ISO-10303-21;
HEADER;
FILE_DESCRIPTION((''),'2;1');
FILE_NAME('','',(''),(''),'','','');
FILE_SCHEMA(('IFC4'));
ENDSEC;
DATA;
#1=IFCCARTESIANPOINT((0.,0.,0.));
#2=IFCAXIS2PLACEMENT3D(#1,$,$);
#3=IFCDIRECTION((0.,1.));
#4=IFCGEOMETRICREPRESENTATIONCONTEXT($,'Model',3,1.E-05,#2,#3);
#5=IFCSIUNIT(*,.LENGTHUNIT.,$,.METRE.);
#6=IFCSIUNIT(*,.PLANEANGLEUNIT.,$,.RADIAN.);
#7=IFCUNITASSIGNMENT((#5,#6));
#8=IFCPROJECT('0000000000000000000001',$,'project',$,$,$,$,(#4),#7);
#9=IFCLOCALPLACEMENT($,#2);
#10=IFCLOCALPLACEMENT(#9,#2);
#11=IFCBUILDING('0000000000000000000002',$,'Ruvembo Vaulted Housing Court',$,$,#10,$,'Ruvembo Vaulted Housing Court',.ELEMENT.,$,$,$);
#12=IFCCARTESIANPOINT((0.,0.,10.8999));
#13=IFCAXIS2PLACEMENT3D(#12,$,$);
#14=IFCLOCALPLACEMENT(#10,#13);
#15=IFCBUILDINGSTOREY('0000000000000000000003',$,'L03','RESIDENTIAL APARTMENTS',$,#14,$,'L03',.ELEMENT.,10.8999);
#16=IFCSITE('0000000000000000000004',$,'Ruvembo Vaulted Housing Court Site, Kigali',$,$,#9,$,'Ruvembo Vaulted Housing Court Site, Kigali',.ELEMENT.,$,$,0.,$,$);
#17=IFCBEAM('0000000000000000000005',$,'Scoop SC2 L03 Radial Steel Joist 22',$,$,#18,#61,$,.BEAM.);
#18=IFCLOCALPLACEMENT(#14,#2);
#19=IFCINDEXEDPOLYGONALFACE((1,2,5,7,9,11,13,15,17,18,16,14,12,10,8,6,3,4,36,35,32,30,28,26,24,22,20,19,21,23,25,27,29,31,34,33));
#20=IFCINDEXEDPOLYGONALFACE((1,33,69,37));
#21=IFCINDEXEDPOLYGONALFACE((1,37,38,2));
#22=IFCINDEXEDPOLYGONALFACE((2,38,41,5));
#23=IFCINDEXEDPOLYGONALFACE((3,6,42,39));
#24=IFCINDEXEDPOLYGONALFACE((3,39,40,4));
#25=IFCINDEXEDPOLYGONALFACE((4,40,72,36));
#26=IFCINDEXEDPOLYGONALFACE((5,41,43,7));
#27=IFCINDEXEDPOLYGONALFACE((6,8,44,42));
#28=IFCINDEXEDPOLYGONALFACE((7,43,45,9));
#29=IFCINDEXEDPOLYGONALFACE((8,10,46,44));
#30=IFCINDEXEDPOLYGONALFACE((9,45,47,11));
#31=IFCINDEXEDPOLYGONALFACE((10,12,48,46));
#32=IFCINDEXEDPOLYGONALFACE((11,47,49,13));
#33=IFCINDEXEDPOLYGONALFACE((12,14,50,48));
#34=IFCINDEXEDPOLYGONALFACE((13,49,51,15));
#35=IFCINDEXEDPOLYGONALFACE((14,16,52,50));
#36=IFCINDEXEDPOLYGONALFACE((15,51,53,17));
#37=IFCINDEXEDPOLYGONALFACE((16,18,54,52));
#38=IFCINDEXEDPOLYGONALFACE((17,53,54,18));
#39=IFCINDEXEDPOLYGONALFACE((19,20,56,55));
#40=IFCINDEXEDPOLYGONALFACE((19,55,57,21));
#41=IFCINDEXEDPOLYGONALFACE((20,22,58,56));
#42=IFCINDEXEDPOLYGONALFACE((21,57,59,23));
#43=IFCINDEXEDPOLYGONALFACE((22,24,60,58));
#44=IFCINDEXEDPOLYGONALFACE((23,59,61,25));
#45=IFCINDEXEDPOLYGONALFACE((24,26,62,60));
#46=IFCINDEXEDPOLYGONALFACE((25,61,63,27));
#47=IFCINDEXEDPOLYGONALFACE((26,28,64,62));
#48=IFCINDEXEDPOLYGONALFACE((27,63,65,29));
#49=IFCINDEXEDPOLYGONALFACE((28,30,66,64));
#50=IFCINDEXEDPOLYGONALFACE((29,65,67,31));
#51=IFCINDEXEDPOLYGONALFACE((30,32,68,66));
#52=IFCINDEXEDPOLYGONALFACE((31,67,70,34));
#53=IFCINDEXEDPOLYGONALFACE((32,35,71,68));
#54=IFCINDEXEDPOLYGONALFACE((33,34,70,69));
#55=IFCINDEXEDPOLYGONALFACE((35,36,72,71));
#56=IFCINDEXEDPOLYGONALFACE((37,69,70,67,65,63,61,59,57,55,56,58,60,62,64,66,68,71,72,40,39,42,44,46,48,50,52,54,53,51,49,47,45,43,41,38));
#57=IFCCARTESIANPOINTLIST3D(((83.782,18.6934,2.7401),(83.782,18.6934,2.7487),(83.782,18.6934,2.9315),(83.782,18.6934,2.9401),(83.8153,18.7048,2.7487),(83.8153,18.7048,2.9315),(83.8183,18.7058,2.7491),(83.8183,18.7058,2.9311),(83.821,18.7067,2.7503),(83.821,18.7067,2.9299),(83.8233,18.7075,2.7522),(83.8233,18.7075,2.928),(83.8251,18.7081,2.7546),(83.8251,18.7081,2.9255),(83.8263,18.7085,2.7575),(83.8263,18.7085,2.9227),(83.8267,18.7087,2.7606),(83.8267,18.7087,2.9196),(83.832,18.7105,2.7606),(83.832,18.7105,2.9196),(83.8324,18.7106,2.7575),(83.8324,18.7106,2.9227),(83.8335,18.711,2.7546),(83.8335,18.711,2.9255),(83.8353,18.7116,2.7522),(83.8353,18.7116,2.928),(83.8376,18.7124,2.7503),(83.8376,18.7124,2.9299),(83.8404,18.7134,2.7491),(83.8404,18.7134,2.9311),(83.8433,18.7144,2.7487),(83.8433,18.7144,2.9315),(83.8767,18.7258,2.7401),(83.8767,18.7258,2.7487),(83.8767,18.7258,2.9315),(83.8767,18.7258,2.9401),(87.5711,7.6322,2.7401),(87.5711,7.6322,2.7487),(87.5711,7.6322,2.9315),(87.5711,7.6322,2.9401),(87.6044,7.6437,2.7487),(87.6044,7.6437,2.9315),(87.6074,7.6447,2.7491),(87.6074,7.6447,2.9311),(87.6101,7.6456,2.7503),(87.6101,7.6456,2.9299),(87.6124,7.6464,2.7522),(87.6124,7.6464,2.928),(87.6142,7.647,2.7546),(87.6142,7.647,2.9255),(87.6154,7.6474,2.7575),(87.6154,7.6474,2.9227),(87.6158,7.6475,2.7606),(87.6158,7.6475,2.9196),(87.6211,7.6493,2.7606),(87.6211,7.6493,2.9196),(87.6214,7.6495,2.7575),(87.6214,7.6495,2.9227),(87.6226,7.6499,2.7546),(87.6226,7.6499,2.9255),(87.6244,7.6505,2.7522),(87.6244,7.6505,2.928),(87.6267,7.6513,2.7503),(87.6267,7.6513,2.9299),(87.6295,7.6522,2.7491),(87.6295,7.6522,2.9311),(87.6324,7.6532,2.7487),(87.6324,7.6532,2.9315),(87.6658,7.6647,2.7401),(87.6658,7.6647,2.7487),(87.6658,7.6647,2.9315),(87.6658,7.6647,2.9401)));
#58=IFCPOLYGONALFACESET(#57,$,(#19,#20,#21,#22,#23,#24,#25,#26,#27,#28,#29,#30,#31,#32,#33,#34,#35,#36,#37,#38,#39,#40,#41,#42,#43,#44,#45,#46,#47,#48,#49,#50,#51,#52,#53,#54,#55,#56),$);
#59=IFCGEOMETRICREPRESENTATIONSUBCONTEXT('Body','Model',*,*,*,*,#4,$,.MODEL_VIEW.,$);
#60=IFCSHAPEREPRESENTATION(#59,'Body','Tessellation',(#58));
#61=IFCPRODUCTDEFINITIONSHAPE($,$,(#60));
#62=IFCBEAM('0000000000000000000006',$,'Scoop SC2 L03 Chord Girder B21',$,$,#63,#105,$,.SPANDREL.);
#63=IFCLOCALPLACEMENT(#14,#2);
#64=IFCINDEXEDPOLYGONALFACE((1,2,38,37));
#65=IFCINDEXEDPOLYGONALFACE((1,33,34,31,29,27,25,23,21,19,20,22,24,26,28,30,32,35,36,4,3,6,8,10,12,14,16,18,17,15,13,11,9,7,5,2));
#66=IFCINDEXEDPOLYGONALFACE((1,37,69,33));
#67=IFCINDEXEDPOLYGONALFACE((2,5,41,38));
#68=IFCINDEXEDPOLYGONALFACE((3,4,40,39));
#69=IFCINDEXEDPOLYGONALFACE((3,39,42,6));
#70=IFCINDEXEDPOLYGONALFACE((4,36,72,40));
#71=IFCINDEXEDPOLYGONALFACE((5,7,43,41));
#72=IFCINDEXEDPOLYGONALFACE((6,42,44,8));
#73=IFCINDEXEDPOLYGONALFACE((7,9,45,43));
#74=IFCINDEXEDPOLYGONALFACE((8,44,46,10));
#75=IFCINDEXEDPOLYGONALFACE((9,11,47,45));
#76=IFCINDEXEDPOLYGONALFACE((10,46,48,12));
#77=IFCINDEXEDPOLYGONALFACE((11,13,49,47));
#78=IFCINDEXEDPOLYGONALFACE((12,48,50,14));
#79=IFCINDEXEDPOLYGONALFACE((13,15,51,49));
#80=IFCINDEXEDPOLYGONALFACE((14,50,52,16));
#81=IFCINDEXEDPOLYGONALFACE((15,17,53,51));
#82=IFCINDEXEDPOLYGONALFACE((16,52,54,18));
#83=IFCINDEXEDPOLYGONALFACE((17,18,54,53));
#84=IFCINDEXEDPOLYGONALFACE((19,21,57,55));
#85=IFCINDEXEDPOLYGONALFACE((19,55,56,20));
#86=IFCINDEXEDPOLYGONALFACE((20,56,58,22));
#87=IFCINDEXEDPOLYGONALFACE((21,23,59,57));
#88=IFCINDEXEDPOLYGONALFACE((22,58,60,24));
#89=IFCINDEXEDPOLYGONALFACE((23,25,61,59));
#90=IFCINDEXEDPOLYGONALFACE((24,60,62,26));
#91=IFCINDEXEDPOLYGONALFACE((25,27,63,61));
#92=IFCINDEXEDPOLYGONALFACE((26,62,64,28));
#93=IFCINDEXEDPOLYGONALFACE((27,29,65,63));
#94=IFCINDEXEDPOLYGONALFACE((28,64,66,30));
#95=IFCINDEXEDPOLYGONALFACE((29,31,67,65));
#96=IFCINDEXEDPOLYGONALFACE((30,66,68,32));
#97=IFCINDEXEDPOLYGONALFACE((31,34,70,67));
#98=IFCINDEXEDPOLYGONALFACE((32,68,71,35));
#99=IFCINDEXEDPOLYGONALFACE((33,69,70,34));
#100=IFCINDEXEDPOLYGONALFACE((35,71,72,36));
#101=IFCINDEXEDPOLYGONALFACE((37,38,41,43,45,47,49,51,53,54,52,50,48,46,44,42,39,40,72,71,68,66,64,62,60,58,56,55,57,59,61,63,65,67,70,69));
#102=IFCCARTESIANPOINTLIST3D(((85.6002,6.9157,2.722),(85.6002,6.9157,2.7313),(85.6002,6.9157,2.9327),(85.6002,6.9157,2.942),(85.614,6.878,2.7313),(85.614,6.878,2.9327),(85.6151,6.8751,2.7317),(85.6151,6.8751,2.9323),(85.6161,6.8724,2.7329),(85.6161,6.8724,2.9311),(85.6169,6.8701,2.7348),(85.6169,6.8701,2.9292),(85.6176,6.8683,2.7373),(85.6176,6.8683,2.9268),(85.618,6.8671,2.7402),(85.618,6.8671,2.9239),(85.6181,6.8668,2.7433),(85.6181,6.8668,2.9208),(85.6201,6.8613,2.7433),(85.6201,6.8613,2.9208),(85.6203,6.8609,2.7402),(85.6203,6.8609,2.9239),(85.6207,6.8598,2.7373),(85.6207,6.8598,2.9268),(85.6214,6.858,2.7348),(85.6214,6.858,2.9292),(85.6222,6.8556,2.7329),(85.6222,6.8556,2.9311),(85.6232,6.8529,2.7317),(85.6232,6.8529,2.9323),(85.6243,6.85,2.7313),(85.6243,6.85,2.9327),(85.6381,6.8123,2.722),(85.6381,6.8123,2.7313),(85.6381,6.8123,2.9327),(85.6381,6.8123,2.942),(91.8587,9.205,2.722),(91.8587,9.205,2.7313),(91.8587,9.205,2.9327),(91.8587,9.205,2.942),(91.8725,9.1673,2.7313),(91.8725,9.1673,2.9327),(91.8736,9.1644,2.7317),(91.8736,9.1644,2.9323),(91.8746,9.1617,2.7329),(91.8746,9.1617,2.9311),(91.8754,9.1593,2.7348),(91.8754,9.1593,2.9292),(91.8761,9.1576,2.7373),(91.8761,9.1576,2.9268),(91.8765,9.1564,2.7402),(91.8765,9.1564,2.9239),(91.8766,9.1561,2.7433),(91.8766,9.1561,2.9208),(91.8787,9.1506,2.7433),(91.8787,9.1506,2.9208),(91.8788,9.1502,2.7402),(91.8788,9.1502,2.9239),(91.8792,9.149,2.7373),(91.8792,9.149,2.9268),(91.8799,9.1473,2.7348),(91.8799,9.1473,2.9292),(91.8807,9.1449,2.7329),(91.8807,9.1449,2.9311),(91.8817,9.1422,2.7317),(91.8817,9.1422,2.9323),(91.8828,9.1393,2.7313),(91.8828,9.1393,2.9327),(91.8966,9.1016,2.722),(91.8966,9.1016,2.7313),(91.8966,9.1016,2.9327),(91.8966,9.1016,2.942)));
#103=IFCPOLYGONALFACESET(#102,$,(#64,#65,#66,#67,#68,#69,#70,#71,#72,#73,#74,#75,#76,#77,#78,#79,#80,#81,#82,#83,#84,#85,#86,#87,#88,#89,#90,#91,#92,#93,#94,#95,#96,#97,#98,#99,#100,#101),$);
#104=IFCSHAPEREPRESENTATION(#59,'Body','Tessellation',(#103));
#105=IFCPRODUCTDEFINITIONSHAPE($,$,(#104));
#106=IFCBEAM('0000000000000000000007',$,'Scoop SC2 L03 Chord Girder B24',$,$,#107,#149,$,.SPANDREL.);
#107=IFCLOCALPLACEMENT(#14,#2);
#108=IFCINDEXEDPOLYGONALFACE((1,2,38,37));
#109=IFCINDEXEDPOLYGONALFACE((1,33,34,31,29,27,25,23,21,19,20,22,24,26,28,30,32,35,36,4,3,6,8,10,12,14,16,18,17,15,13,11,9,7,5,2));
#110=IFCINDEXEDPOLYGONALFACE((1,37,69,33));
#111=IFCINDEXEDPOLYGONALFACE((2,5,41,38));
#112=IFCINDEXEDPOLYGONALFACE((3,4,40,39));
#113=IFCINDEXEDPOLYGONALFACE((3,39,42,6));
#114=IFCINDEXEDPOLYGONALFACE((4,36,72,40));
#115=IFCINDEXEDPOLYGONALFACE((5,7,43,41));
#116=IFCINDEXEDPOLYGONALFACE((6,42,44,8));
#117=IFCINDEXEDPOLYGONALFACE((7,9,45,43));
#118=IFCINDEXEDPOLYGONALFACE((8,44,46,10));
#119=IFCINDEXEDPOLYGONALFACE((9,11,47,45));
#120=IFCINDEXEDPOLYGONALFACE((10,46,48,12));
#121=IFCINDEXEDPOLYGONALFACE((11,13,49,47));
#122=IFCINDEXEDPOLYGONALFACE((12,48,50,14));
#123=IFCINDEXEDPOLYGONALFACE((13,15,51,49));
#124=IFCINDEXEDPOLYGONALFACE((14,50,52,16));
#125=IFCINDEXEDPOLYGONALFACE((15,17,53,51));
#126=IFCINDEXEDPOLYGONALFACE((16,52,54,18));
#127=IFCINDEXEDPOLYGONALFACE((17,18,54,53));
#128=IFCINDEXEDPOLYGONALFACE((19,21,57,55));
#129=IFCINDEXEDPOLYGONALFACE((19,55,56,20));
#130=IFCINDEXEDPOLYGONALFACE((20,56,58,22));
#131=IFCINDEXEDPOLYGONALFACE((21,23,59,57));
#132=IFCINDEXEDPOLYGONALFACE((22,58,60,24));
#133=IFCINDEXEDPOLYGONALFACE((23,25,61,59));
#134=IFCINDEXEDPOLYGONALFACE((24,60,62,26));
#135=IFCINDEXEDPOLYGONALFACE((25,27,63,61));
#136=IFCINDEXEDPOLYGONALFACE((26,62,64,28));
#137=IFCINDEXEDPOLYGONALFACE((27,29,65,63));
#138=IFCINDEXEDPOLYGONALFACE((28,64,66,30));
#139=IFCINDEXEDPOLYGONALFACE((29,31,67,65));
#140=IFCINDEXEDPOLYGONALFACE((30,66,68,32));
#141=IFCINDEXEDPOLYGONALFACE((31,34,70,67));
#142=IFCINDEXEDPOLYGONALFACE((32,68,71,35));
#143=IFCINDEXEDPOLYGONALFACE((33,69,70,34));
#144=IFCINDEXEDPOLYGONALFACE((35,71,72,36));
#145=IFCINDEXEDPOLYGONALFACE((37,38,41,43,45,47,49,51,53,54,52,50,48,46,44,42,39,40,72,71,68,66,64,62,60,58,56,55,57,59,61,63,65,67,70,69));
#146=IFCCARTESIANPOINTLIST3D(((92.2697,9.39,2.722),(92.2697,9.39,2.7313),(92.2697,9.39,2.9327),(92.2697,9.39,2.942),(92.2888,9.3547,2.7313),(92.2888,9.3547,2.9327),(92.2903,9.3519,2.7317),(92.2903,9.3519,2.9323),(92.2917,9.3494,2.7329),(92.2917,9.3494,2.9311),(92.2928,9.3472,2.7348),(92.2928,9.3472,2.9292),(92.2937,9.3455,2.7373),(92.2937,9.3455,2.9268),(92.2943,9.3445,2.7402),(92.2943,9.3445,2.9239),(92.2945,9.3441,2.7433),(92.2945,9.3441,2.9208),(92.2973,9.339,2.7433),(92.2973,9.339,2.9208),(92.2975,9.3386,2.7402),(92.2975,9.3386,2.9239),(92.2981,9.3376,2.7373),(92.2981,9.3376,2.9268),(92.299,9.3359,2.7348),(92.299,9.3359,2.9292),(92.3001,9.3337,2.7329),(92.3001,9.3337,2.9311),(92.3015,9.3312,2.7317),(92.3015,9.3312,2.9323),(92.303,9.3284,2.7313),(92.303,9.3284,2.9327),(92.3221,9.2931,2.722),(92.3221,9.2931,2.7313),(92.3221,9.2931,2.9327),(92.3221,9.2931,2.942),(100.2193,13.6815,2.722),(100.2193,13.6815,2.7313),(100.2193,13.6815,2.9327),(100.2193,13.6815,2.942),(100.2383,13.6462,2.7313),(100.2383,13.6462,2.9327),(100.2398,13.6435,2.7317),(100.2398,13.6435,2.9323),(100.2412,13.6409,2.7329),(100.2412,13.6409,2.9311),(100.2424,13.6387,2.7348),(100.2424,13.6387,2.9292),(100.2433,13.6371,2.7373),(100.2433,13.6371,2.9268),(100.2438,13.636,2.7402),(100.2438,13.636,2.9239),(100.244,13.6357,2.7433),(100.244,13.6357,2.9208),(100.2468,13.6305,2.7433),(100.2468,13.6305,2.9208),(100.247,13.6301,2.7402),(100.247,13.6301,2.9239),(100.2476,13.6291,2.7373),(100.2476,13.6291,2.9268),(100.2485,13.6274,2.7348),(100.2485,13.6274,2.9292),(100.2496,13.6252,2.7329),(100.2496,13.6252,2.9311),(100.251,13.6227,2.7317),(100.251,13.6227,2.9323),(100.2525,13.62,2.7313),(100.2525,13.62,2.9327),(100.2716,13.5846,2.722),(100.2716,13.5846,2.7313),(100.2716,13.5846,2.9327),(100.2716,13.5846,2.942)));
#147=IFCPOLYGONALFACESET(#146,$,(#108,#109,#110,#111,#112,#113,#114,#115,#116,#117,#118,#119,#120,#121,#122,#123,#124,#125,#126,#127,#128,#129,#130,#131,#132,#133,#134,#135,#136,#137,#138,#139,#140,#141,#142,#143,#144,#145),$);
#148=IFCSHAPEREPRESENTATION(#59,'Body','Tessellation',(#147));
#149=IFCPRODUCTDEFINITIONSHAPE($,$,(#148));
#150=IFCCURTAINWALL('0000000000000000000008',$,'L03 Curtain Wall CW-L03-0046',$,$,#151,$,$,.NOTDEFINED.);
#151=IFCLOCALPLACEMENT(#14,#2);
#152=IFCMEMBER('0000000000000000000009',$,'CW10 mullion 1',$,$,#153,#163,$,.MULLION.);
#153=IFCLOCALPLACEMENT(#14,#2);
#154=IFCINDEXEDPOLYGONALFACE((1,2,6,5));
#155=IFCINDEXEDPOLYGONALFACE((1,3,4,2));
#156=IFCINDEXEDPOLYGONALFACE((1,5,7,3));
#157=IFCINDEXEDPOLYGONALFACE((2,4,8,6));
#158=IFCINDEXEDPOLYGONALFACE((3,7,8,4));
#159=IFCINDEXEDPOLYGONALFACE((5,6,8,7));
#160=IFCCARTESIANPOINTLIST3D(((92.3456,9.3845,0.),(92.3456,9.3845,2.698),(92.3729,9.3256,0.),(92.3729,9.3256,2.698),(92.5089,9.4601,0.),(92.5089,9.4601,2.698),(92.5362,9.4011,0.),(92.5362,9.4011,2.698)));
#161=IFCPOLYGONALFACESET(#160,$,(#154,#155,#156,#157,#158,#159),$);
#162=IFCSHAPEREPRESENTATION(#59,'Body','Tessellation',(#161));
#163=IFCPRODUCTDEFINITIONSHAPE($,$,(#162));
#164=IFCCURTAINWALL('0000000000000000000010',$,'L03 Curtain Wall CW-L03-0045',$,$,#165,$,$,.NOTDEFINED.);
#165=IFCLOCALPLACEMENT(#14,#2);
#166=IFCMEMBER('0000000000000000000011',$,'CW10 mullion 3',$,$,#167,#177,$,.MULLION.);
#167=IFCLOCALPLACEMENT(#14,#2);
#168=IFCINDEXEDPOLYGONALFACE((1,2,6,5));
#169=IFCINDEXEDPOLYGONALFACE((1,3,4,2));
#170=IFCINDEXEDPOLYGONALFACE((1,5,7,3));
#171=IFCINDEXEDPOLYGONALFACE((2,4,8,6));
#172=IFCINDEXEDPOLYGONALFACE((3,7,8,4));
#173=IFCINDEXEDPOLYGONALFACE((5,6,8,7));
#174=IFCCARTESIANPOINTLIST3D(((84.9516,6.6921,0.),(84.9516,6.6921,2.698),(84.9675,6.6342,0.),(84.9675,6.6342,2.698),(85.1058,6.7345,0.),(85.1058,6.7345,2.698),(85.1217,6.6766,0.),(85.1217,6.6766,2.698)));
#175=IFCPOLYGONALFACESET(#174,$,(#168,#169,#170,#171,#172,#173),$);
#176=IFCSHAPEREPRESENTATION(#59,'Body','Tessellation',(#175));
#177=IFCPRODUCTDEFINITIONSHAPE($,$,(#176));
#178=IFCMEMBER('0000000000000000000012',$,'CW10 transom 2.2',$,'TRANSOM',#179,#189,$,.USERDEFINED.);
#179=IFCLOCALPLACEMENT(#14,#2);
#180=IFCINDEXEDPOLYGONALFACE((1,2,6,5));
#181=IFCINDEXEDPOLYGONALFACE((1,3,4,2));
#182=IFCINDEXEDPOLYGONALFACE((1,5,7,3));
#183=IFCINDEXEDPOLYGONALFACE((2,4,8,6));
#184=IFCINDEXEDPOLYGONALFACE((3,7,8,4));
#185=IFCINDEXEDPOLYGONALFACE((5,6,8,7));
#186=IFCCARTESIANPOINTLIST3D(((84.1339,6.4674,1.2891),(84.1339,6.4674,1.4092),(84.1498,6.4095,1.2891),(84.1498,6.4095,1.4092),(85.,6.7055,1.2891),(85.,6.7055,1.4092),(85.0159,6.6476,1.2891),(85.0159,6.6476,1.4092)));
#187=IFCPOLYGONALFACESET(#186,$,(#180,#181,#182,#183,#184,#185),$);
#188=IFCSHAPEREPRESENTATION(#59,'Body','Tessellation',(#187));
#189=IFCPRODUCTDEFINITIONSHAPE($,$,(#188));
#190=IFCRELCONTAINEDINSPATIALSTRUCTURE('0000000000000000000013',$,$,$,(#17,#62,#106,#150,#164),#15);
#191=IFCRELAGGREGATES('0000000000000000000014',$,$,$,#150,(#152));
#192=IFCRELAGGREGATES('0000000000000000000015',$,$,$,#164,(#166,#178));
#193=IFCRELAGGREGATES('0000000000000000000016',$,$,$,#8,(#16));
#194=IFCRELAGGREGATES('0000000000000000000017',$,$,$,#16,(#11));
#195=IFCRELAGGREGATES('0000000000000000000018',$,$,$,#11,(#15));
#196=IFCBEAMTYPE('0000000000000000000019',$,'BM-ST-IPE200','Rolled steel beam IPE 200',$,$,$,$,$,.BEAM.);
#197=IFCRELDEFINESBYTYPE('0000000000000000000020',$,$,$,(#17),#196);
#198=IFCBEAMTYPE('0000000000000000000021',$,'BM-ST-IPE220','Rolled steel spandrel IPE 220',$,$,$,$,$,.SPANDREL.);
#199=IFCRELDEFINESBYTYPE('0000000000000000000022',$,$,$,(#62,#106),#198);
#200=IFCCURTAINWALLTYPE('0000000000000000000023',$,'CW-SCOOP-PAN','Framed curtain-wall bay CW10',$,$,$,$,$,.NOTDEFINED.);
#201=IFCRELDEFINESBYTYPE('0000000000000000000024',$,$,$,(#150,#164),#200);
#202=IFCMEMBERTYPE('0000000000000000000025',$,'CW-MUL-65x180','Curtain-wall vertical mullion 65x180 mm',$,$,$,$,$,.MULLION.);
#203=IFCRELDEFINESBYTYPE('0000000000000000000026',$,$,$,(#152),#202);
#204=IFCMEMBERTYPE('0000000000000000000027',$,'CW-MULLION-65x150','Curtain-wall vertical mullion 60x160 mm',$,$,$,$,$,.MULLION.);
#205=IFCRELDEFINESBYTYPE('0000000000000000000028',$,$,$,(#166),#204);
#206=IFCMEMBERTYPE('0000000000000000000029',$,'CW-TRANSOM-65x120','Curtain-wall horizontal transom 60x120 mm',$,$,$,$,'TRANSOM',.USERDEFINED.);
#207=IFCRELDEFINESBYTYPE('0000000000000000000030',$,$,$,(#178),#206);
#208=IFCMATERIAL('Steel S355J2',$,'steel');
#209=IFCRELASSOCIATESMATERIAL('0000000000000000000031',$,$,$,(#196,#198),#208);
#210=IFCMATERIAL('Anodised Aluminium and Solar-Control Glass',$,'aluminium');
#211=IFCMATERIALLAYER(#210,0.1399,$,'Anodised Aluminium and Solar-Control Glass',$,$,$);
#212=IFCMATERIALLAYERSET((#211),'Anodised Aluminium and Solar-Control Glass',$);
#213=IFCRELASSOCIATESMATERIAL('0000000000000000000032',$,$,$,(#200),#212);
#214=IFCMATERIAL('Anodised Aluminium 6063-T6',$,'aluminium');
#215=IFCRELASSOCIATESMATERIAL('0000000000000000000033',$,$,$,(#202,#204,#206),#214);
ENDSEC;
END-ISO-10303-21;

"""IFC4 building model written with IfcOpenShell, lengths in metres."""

from ifc_helpers import new_model, si_unit, direction, frame, origin, origin_2d, place, context, subcontext, project, spatial, rectangle, i_section, extrude, material, layer, layer_set, material_profile, profile_set, type_object, element, aggregate, save


model = new_model("IFC4")

# Units and contexts
model_context = context("Model", 3, precision=1e-05, world=origin(), true_north=direction((0.0, 1.0)))
body_context = subcontext(model_context, "Body", "Model", "MODEL_VIEW")
ifc_project = project(units=[si_unit("LENGTHUNIT", "METRE"), si_unit("PLANEANGLEUNIT", "RADIAN")], contexts=[model_context])

# Site, building, storey
site_placement = place(None, origin())
site = spatial("IfcSite", under=ifc_project, at=site_placement, Name="Ruvembo Vaulted Housing Court Site, Kigali", LongName="Ruvembo Vaulted Housing Court Site, Kigali", CompositionType="ELEMENT", RefElevation=0.0)
building_placement = place(site_placement, origin())
building = spatial("IfcBuilding", under=site, at=building_placement, Name="Ruvembo Vaulted Housing Court", LongName="Ruvembo Vaulted Housing Court", CompositionType="ELEMENT")
storey_placement = place(building_placement, frame((0.0, 0.0, 10.8999)))
storey = spatial("IfcBuildingStorey", under=building, at=storey_placement, Name="L03", Description="RESIDENTIAL APARTMENTS", LongName="L03", CompositionType="ELEMENT", Elevation=10.8999)

# Beams
ifc_material_1 = material(Name="Steel S355J2", Category="steel")
ifc_material_profile_1 = material_profile(ifc_material_1, i_section(OverallWidth=0.1001, OverallDepth=0.2, WebThickness=0.0056, FlangeThickness=0.0085, FilletRadius=0.012, at=origin_2d()), Name="IPE 200")
ifc_profile_set_1 = profile_set([ifc_material_profile_1], Name="Steel S355J2")
beam_type_1 = type_object("IfcBeamType", Name="BM-ST-IPE200", Description="Rolled steel beam IPE 200", PredefinedType="BEAM", material=ifc_profile_set_1)
beam_1_placement = place(storey_placement, frame((87.6184, 7.6484, 2.8401), z_axis=(-0.324072, 0.946032, 0.0), x_axis=(-0.946032, -0.324072, 0.0)))
element("IfcBeam", 1, at=beam_1_placement, inside=storey, type_object=beam_type_1, Name="Scoop SC2 L03 Radial Steel Joist 22", PredefinedType="BEAM", context=body_context, shape_type="SweptSolid", body=[
    extrude(i_section(OverallWidth=0.1001, OverallDepth=0.2, WebThickness=0.0056, FlangeThickness=0.0085, FilletRadius=0.012, at=origin_2d()), origin(), (0.0, 0.0, 1.0), 11.6921),
])
ifc_material_profile_2 = material_profile(ifc_material_1, i_section(OverallWidth=0.1101, OverallDepth=0.22, WebThickness=0.0059, FlangeThickness=0.0093, FilletRadius=0.012, at=origin_2d()), Name="IPE 220")
ifc_profile_set_2 = profile_set([ifc_material_profile_2], Name="Steel S355J2")
beam_type_2 = type_object("IfcBeamType", Name="BM-ST-IPE220", Description="Rolled steel spandrel IPE 220", PredefinedType="SPANDREL", material=ifc_profile_set_2)
beam_2_placement = place(storey_placement, frame((85.6191, 6.864, 2.832), z_axis=(0.939142, 0.343528, 0.0), x_axis=(-0.343528, 0.939142, 0.0)))
element("IfcBeam", 2, at=beam_2_placement, inside=storey, type_object=beam_type_2, Name="Scoop SC2 L03 Chord Girder B21", PredefinedType="SPANDREL", context=body_context, shape_type="SweptSolid", body=[
    extrude(i_section(OverallWidth=0.1101, OverallDepth=0.22, WebThickness=0.0059, FlangeThickness=0.0093, FilletRadius=0.012, at=origin_2d()), origin(), (0.0, 0.0, 1.0), 6.6641),
])
beam_3_placement = place(storey_placement, frame((92.2959, 9.3416, 2.832), z_axis=(0.879961, 0.475046, 0.0), x_axis=(-0.475046, 0.879961, 0.0)))
element("IfcBeam", 3, at=beam_3_placement, inside=storey, type_object=beam_type_2, Name="Scoop SC2 L03 Chord Girder B24", PredefinedType="SPANDREL", context=body_context, shape_type="SweptSolid", body=[
    extrude(i_section(OverallWidth=0.1101, OverallDepth=0.22, WebThickness=0.0059, FlangeThickness=0.0093, FilletRadius=0.012, at=origin_2d()), origin(), (0.0, 0.0, 1.0), 9.0339),
])

# Curtain wall, member
ifc_material_2 = material(Name="Anodised Aluminium and Solar-Control Glass", Category="aluminium")
ifc_layer_1 = layer(ifc_material_2, 0.1399, Name="Anodised Aluminium and Solar-Control Glass")
ifc_layer_set_1 = layer_set([ifc_layer_1], Name="Anodised Aluminium and Solar-Control Glass")
curtain_wall_type = type_object("IfcCurtainWallType", Name="CW-SCOOP-PAN", Description="Framed curtain-wall bay CW10", PredefinedType="NOTDEFINED", material=ifc_layer_set_1)
curtain_wall_1_placement = place(storey_placement, origin())
curtain_wall_1 = element("IfcCurtainWall", 4, at=curtain_wall_1_placement, inside=storey, type_object=curtain_wall_type, Name="L03 Curtain Wall CW-L03-0046", PredefinedType="NOTDEFINED")
ifc_material_3 = material(Name="Anodised Aluminium 6063-T6", Category="aluminium")
ifc_material_profile_3 = material_profile(ifc_material_3, rectangle(XDim=0.0649, YDim=0.1799, at=origin_2d()), Name="ALU 65x180")
ifc_profile_set_3 = profile_set([ifc_material_profile_3], Name="Anodised Aluminium 6063-T6")
member_type_1 = type_object("IfcMemberType", Name="CW-MUL-65x180", Description="Curtain-wall vertical mullion 65x180 mm", PredefinedType="MULLION", material=ifc_profile_set_3)
member_1_placement = place(storey_placement, frame((92.4409, 9.3928, 0.0), z_axis=(0.0, 0.0, 1.0), x_axis=(-0.419738, 0.907645, 0.0)))
member_1 = element("IfcMember", 5, at=member_1_placement, type_object=member_type_1, Name="CW10 mullion 1", PredefinedType="MULLION", context=body_context, shape_type="SweptSolid", body=[
    extrude(rectangle(XDim=0.0649, YDim=0.1799, at=origin_2d()), origin(), (0.0, 0.0, 1.0), 2.698),
])
aggregate(curtain_wall_1, [member_1])

# Curtain wall, members
curtain_wall_2_placement = place(storey_placement, origin())
curtain_wall_2 = element("IfcCurtainWall", 6, at=curtain_wall_2_placement, inside=storey, type_object=curtain_wall_type, Name="L03 Curtain Wall CW-L03-0045", PredefinedType="NOTDEFINED")
ifc_material_profile_4 = material_profile(ifc_material_3, rectangle(XDim=0.0601, YDim=0.1599, at=origin_2d()), Name="ALU 60x160")
ifc_profile_set_4 = profile_set([ifc_material_profile_4], Name="Anodised Aluminium 6063-T6")
member_type_2 = type_object("IfcMemberType", Name="CW-MULLION-65x150", Description="Curtain-wall vertical mullion 60x160 mm", PredefinedType="MULLION", material=ifc_profile_set_4)
member_2_placement = place(storey_placement, frame((85.0366, 6.6843, 0.0), z_axis=(0.0, 0.0, 1.0), x_axis=(-0.264975, 0.964255, 0.0)))
member_2 = element("IfcMember", 7, at=member_2_placement, type_object=member_type_2, Name="CW10 mullion 3", PredefinedType="MULLION", context=body_context, shape_type="SweptSolid", body=[
    extrude(rectangle(XDim=0.0601, YDim=0.1599, at=origin_2d()), origin(), (0.0, 0.0, 1.0), 2.698),
])
ifc_material_profile_5 = material_profile(ifc_material_3, rectangle(XDim=0.0601, YDim=0.1201, at=origin_2d()), Name="ALU 60x120")
ifc_profile_set_5 = profile_set([ifc_material_profile_5], Name="Anodised Aluminium 6063-T6")
member_type_3 = type_object("IfcMemberType", Name="CW-TRANSOM-65x120", Description="Curtain-wall horizontal transom 60x120 mm", ElementType="TRANSOM", PredefinedType="USERDEFINED", material=ifc_profile_set_5)
member_3_placement = place(storey_placement, frame((84.1418, 6.4385, 1.3491), z_axis=(0.964235, 0.265049, 0.0), x_axis=(-0.265049, 0.964235, 0.0)))
member_3 = element("IfcMember", 8, at=member_3_placement, type_object=member_type_3, Name="CW10 transom 2.2", ObjectType="TRANSOM", PredefinedType="USERDEFINED", context=body_context, shape_type="SweptSolid", body=[
    extrude(rectangle(XDim=0.0601, YDim=0.1201, at=origin_2d()), origin(), (0.0, 0.0, 1.0), 0.8982),
])
aggregate(curtain_wall_2, [member_2, member_3])

save(model, "model.ifc")
